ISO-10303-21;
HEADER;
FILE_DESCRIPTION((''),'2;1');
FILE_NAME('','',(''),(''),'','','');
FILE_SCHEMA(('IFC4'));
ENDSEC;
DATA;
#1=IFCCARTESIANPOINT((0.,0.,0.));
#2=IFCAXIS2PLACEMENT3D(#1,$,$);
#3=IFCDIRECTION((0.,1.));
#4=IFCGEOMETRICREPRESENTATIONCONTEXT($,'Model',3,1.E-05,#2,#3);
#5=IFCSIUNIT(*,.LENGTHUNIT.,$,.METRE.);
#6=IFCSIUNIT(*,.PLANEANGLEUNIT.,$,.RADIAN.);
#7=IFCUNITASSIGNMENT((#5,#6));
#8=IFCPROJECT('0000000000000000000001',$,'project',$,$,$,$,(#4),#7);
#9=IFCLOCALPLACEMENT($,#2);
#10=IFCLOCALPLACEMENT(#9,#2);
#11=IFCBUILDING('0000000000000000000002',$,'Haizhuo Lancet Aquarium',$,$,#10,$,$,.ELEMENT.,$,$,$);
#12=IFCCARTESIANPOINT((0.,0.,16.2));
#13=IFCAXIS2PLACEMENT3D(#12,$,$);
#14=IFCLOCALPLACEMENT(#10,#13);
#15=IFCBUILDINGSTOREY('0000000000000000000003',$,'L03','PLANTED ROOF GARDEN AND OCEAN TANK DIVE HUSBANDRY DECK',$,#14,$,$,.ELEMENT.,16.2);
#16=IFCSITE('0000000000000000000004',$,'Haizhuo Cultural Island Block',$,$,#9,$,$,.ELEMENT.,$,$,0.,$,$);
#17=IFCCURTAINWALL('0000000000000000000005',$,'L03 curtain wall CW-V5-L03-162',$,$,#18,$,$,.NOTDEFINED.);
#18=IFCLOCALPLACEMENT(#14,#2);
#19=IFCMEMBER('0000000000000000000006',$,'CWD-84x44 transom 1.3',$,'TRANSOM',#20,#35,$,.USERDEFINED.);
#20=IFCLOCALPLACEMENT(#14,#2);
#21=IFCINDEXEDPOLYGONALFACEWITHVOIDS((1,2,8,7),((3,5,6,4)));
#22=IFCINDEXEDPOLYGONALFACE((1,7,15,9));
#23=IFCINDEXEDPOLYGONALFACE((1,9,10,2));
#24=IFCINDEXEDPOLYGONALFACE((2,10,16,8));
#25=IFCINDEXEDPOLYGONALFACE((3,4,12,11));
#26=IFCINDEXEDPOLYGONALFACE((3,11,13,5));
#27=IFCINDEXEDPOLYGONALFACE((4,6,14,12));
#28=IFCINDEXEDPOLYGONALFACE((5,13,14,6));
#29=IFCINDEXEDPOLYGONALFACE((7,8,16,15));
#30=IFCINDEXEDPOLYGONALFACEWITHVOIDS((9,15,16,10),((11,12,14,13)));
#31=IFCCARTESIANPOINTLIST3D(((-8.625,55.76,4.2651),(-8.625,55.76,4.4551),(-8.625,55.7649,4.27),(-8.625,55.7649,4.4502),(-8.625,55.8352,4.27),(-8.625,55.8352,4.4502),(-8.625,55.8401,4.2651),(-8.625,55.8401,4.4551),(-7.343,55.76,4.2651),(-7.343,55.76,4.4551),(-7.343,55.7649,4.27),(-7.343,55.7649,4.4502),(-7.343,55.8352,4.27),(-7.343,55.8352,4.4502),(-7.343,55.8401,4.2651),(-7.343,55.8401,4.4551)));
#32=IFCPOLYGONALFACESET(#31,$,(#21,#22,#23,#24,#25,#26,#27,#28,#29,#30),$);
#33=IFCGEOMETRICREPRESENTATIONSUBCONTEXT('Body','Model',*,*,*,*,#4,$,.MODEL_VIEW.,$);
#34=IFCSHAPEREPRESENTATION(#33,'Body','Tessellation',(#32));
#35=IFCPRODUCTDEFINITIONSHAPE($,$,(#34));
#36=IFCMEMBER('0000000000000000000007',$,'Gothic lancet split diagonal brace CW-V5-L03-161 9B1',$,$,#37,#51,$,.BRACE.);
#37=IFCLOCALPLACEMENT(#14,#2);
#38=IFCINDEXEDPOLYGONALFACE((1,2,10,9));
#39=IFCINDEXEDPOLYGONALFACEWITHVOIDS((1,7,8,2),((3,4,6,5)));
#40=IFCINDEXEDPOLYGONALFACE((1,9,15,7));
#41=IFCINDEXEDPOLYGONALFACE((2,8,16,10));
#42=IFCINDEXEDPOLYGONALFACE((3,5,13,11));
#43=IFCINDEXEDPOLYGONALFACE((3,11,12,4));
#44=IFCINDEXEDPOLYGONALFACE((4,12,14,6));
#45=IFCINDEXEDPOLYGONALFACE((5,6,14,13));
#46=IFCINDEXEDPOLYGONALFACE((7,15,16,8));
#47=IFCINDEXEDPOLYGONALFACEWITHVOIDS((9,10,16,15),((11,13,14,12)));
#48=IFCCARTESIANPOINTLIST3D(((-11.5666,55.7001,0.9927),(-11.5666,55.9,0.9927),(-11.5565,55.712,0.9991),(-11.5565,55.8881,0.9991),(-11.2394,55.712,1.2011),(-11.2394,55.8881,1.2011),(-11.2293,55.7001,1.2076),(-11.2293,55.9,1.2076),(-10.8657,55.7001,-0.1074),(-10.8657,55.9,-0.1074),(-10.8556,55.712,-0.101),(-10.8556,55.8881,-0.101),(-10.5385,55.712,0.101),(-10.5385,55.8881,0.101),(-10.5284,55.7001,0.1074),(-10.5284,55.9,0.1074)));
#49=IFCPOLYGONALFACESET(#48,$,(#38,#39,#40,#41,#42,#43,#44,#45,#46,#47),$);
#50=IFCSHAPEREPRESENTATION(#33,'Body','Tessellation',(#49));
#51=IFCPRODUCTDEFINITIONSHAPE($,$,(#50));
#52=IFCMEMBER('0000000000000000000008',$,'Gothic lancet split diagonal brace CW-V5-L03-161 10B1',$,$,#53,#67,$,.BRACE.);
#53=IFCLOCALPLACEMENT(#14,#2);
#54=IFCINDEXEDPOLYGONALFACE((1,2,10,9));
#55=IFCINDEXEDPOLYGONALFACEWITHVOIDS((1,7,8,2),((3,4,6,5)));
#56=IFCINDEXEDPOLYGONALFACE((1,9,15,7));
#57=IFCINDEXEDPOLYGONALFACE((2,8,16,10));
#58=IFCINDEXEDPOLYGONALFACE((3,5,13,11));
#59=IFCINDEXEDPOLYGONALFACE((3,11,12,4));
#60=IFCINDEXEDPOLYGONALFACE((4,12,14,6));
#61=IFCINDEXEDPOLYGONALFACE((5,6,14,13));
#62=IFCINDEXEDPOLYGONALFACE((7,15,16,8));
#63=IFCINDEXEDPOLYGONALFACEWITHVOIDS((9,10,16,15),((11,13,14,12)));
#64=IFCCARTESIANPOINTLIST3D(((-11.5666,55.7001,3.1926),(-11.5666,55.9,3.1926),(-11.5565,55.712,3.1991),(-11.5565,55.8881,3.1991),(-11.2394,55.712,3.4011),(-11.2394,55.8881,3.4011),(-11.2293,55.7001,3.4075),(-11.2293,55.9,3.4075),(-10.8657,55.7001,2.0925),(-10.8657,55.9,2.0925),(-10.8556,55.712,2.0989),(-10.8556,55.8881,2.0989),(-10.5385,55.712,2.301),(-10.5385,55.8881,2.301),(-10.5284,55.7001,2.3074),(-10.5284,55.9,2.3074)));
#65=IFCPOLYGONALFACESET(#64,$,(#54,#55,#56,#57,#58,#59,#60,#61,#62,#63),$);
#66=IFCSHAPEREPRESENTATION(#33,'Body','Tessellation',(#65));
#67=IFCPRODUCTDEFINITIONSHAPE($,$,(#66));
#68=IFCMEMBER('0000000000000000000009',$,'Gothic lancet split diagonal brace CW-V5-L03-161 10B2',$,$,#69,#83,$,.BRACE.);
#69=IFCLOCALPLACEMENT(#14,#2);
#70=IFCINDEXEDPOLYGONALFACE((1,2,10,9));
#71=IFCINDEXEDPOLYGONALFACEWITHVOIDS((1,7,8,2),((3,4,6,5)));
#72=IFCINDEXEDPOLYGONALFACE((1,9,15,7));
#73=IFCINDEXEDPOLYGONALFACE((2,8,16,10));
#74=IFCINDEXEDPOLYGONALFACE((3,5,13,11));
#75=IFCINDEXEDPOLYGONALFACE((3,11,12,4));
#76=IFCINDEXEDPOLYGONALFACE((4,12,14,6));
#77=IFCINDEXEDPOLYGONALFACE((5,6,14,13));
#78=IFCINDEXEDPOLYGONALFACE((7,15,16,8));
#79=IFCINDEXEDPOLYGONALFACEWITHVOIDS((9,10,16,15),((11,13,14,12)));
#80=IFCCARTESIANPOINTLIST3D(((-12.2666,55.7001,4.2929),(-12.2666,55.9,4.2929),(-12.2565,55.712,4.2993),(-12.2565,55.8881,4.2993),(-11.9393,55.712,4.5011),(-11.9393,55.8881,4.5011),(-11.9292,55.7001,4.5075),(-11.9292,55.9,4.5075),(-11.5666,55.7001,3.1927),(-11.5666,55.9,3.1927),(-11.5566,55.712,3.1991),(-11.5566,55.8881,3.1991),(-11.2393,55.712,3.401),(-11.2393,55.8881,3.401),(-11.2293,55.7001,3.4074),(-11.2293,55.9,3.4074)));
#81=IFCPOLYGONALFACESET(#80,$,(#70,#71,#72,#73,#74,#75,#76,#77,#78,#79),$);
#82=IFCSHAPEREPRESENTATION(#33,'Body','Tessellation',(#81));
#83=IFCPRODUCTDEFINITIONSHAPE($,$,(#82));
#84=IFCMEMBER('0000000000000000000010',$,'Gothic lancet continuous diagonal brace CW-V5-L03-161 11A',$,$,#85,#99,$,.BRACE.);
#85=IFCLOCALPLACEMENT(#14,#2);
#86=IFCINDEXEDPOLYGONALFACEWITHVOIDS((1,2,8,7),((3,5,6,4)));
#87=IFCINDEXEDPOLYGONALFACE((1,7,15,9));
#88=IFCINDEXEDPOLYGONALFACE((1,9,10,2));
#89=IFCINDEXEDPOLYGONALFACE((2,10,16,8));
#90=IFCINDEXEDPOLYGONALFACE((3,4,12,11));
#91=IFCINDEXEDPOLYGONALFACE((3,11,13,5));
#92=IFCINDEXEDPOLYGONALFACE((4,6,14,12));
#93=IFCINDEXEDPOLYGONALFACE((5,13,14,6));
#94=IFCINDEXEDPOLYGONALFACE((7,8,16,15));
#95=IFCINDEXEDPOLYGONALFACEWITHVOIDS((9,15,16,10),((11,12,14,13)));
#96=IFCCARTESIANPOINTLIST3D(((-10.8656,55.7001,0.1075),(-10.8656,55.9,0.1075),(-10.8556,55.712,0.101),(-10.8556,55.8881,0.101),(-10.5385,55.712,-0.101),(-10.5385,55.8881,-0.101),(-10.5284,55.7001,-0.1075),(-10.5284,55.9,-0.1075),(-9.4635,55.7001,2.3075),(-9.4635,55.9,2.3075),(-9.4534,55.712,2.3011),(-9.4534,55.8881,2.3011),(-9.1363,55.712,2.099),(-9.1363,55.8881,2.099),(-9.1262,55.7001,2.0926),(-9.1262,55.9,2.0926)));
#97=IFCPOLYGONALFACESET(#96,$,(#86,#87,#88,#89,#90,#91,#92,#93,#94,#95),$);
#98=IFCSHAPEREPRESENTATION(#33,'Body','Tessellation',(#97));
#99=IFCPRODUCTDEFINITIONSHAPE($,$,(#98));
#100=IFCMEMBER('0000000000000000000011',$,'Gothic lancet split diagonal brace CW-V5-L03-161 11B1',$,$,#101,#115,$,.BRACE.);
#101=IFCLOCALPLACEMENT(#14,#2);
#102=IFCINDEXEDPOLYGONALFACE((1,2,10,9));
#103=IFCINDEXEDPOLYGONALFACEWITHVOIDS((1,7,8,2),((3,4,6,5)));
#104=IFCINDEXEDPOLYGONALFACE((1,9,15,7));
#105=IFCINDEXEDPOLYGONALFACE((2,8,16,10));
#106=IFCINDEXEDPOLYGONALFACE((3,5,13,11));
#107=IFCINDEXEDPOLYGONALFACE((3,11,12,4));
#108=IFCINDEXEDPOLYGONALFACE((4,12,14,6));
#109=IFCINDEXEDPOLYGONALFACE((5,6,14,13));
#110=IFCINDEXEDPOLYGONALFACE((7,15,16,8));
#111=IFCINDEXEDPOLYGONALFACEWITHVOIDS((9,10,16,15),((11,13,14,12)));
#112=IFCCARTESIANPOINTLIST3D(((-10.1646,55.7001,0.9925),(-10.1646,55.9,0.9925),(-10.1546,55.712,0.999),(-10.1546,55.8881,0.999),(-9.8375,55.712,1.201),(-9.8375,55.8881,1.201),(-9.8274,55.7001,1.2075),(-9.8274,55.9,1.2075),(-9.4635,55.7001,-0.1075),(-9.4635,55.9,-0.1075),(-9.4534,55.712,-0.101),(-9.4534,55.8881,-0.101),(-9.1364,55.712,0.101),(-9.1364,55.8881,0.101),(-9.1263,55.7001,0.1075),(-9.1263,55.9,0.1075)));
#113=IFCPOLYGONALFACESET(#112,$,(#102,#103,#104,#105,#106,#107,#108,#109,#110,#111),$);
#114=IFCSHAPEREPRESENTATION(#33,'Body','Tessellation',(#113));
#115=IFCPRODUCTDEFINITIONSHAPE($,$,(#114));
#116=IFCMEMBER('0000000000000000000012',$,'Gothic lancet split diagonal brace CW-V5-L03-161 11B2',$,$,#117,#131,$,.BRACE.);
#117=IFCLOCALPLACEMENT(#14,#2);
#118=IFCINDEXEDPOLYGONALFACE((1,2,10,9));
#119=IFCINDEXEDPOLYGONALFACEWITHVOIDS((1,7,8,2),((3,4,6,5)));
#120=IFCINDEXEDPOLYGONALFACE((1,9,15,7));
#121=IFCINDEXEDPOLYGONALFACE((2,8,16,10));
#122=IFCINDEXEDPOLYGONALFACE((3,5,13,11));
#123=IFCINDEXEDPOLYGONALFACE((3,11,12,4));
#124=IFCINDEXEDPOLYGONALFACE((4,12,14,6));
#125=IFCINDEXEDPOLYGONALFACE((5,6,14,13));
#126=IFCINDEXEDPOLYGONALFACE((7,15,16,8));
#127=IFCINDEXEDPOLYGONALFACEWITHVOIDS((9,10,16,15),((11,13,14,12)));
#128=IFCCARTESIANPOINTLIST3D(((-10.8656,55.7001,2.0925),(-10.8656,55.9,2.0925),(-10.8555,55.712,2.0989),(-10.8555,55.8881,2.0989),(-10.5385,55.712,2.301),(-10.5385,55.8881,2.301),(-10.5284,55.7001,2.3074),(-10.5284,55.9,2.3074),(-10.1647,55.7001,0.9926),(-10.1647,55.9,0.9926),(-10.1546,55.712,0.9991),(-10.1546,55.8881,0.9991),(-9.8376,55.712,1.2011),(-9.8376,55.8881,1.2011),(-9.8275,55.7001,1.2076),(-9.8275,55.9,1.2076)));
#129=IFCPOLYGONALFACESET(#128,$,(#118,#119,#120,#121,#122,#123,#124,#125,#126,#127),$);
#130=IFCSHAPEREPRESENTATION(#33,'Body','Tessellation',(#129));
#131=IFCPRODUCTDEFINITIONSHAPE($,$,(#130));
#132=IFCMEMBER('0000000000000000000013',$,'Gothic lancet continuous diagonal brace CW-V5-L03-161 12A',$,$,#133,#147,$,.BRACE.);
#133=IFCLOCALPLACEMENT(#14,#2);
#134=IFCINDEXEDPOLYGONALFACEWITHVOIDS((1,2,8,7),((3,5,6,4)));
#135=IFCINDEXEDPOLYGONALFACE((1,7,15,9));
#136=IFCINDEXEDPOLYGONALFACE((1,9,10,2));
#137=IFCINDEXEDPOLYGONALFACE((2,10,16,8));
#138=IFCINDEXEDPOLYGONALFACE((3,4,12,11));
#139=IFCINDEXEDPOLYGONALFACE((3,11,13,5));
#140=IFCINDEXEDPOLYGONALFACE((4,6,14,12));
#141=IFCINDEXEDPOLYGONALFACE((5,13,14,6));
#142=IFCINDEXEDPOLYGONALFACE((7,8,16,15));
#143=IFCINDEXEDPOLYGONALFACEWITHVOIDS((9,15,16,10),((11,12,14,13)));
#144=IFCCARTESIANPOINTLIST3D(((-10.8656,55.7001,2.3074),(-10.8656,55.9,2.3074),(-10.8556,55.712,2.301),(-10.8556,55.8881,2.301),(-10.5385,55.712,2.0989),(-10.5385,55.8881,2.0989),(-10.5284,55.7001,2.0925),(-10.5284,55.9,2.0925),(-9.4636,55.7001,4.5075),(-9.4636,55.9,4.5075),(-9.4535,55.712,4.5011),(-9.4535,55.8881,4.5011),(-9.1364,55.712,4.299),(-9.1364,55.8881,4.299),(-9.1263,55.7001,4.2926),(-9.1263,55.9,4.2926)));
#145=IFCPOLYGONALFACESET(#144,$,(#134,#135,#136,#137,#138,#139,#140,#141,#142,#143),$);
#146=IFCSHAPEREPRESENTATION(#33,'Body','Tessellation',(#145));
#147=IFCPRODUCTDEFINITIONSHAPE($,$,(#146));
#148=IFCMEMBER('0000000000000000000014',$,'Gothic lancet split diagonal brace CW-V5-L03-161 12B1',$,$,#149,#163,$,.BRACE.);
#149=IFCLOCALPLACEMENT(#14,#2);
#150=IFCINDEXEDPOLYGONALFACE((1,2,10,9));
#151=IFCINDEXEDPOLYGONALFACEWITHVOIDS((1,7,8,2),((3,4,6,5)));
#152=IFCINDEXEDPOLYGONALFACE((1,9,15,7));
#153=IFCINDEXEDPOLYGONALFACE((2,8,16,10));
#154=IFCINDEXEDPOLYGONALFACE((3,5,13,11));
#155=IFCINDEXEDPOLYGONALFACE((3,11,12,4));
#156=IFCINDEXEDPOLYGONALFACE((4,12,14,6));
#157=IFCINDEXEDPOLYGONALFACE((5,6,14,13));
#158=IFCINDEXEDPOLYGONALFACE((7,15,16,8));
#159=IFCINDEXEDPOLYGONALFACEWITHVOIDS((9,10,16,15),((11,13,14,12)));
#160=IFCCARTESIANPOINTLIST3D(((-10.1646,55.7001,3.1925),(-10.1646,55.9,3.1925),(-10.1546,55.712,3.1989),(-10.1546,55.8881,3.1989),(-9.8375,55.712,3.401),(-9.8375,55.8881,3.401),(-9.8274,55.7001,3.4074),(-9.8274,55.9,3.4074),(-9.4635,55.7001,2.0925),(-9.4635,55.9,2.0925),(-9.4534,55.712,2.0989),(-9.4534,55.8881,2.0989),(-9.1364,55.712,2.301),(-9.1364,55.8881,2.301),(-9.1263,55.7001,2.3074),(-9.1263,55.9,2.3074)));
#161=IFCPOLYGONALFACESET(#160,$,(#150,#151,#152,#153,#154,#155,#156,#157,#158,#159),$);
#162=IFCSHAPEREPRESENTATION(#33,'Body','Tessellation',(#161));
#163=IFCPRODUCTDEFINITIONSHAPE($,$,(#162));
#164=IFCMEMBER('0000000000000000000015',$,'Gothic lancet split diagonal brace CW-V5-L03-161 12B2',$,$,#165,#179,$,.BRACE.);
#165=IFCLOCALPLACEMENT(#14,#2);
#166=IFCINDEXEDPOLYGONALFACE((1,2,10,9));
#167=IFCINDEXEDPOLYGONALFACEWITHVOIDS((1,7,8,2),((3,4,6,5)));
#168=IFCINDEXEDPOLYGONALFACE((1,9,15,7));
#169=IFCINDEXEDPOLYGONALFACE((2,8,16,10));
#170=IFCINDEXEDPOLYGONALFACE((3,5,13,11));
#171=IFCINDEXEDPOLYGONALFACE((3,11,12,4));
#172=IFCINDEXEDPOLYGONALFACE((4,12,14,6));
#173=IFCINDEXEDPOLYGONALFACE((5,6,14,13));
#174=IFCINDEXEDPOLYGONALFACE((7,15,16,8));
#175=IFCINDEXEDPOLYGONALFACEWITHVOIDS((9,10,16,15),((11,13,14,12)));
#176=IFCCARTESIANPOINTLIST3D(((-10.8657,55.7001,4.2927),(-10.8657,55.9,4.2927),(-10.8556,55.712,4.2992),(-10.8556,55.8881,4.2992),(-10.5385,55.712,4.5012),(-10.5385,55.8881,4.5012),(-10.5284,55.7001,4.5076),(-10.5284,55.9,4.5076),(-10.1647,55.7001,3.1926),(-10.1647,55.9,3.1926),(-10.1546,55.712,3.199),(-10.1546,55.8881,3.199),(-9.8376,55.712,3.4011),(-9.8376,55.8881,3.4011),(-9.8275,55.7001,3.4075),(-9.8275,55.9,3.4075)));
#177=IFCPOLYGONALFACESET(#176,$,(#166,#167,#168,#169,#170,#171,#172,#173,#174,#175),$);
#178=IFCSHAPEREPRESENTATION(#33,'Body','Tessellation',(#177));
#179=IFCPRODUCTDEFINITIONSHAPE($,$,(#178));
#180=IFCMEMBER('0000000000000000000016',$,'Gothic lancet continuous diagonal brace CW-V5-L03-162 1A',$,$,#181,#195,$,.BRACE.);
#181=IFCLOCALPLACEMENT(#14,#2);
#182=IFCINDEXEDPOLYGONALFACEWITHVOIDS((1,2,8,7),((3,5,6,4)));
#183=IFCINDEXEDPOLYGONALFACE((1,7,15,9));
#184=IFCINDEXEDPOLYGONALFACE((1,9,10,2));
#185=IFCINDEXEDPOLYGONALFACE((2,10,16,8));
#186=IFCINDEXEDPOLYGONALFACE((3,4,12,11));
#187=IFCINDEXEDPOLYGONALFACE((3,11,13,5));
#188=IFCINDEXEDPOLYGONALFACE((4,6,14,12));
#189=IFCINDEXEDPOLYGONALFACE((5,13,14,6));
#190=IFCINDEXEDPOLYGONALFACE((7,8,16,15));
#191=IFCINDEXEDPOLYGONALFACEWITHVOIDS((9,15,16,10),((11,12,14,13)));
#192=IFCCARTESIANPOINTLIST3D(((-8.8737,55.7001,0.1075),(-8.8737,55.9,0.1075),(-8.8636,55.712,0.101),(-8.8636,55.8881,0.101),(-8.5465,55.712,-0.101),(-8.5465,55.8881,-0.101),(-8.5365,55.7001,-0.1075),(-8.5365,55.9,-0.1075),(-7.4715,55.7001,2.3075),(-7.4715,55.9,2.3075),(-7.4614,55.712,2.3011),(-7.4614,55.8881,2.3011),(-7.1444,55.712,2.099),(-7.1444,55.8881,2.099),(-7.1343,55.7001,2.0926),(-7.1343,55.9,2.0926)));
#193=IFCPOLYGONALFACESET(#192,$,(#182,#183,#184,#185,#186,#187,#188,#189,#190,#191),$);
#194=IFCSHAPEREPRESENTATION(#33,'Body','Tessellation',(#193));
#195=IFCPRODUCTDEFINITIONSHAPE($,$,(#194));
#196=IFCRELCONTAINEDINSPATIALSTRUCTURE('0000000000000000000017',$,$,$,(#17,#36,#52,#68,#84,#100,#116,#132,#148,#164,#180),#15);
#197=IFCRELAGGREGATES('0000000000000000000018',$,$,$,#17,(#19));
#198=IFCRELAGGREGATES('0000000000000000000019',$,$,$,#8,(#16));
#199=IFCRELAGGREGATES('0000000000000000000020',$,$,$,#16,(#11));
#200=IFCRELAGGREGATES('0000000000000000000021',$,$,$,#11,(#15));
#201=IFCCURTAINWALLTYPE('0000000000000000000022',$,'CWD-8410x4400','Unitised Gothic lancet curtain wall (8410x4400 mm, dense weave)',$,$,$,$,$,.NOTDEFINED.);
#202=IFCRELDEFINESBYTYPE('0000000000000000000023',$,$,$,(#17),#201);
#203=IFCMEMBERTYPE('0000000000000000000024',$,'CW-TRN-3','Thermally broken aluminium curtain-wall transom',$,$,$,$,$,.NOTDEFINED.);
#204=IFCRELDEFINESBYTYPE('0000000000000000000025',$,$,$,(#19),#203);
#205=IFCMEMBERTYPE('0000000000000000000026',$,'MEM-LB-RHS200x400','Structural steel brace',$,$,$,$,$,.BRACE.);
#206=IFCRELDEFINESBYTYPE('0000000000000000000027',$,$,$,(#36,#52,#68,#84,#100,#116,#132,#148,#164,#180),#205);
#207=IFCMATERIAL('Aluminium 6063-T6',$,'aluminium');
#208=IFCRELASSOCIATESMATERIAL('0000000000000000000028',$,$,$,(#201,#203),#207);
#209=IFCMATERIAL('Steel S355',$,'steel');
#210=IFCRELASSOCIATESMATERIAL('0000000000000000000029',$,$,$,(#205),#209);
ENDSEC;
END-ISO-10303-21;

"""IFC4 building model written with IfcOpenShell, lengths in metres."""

from ifc_helpers import new_model, si_unit, direction, frame, origin, origin_2d, place, context, subcontext, project, spatial, hollow_rectangle, extrude, material, material_profile, profile_set, type_object, element, aggregate, save


model = new_model("IFC4")

# Units and contexts
model_context = context("Model", 3, precision=1e-05, world=origin(), true_north=direction((0.0, 1.0)))
body_context = subcontext(model_context, "Body", "Model", "MODEL_VIEW")
ifc_project = project(units=[si_unit("LENGTHUNIT", "METRE"), si_unit("PLANEANGLEUNIT", "RADIAN")], contexts=[model_context])

# Site, building, storey
site_placement = place(None, origin())
site = spatial("IfcSite", under=ifc_project, at=site_placement, Name="Haizhuo Cultural Island Block", CompositionType="ELEMENT", RefElevation=0.0)
building_placement = place(site_placement, origin())
building = spatial("IfcBuilding", under=site, at=building_placement, Name="Haizhuo Lancet Aquarium", CompositionType="ELEMENT")
storey_placement = place(building_placement, frame((0.0, 0.0, 16.2)))
storey = spatial("IfcBuildingStorey", under=building, at=storey_placement, Name="L03", Description="PLANTED ROOF GARDEN AND OCEAN TANK DIVE HUSBANDRY DECK", CompositionType="ELEMENT", Elevation=16.2)

# Shared definitions
ifc_material_1 = material(Name="Aluminium 6063-T6", Category="aluminium")
curtain_wall_type = type_object("IfcCurtainWallType", Name="CWD-8410x4400", Description="Unitised Gothic lancet curtain wall (8410x4400 mm, dense weave)", PredefinedType="NOTDEFINED", material=ifc_material_1)

# Curtain wall
curtain_wall_1_placement = place(storey_placement, origin())
curtain_wall_1 = element("IfcCurtainWall", 1, at=curtain_wall_1_placement, inside=storey, type_object=curtain_wall_type, Name="L03 curtain wall CW-V5-L03-162", PredefinedType="NOTDEFINED")

# Member
ifc_material_profile_1 = material_profile(ifc_material_1, hollow_rectangle(XDim=0.0801, YDim=0.1899, WallThickness=0.0049, at=origin_2d()), Name="ALU-T 80x190x5")
ifc_profile_set_1 = profile_set([ifc_material_profile_1], Name="Aluminium 6063-T6")
member_type_1 = type_object("IfcMemberType", Name="CW-TRN-3", Description="Thermally broken aluminium curtain-wall transom", PredefinedType="NOTDEFINED", material=ifc_profile_set_1)
member_1_placement = place(storey_placement, frame((-8.625, 55.8, 4.3601), z_axis=(1.0, 0.0, 0.0), x_axis=(0.0, 1.0, 0.0)))
member_1 = element("IfcMember", 2, at=member_1_placement, type_object=member_type_1, Name="CWD-84x44 transom 1.3", ObjectType="TRANSOM", PredefinedType="USERDEFINED", context=body_context, shape_type="SweptSolid", body=[
    extrude(hollow_rectangle(XDim=0.0801, YDim=0.1899, WallThickness=0.0049, at=origin_2d()), origin(), (0.0, 0.0, 1.0), 1.282),
])
aggregate(curtain_wall_1, [member_1])

# Members
ifc_material_2 = material(Name="Steel S355", Category="steel")
ifc_material_profile_2 = material_profile(ifc_material_2, hollow_rectangle(XDim=0.2, YDim=0.3999, WallThickness=0.012, at=origin_2d()), Name="RHS 200x400x12")
ifc_profile_set_2 = profile_set([ifc_material_profile_2], Name="Steel S355")
member_type_2 = type_object("IfcMemberType", Name="MEM-LB-RHS200x400", Description="Structural steel brace", PredefinedType="BRACE", material=ifc_profile_set_2)
for number, where, z_axis, x_axis, name in (
    (3, (-10.697, 55.8, 0.0), (-0.537348, 0.0, 0.843361), (0.0, -1.0, 0.0), "Gothic lancet split diagonal brace CW-V5-L03-161 9B1"),
    (4, (-10.697, 55.8, 2.2), (-0.537348, 0.0, 0.843361), (0.0, -1.0, 0.0), "Gothic lancet split diagonal brace CW-V5-L03-161 10B1"),
):
    element("IfcMember", number, at=place(storey_placement, frame(where, z_axis=z_axis, x_axis=x_axis)), inside=storey, type_object=member_type_2, Name=name, PredefinedType="BRACE", context=body_context, shape_type="SweptSolid", body=[
        extrude(hollow_rectangle(XDim=0.2, YDim=0.3999, WallThickness=0.012, at=origin_2d()), origin(), (0.0, 0.0, 1.0), 1.3044),
    ])
member_2_placement = place(storey_placement, frame((-11.3979, 55.8, 3.3), z_axis=(-0.536815, 0.0, 0.8437), x_axis=(0.0, -1.0, 0.0)))
element("IfcMember", 5, at=member_2_placement, inside=storey, type_object=member_type_2, Name="Gothic lancet split diagonal brace CW-V5-L03-161 10B2", PredefinedType="BRACE", context=body_context, shape_type="SweptSolid", body=[
    extrude(hollow_rectangle(XDim=0.2, YDim=0.3999, WallThickness=0.012, at=origin_2d()), origin(), (0.0, 0.0, 1.0), 1.304),
])
member_3_placement = place(storey_placement, frame((-10.697, 55.8, 0.0), z_axis=(0.537457, 0.0, 0.843291), x_axis=(0.0, 1.0, 0.0)))
element("IfcMember", 6, at=member_3_placement, inside=storey, type_object=member_type_2, Name="Gothic lancet continuous diagonal brace CW-V5-L03-161 11A", PredefinedType="BRACE", context=body_context, shape_type="SweptSolid", body=[
    extrude(hollow_rectangle(XDim=0.2, YDim=0.3999, WallThickness=0.012, at=origin_2d()), origin(), (0.0, 0.0, 1.0), 2.6089),
])
member_4_placement = place(storey_placement, frame((-9.2949, 55.8, 0.0), z_axis=(-0.537481, 0.0, 0.843276), x_axis=(0.0, -1.0, 0.0)))
element("IfcMember", 7, at=member_4_placement, inside=storey, type_object=member_type_2, Name="Gothic lancet split diagonal brace CW-V5-L03-161 11B1", PredefinedType="BRACE", context=body_context, shape_type="SweptSolid", body=[
    extrude(hollow_rectangle(XDim=0.2, YDim=0.3999, WallThickness=0.012, at=origin_2d()), origin(), (0.0, 0.0, 1.0), 1.3044),
])
member_5_placement = place(storey_placement, frame((-9.9961, 55.8, 1.1001), z_axis=(-0.537433, 0.0, 0.843307), x_axis=(0.0, -1.0, 0.0)))
element("IfcMember", 8, at=member_5_placement, inside=storey, type_object=member_type_2, Name="Gothic lancet split diagonal brace CW-V5-L03-161 11B2", PredefinedType="BRACE", context=body_context, shape_type="SweptSolid", body=[
    extrude(hollow_rectangle(XDim=0.2, YDim=0.3999, WallThickness=0.012, at=origin_2d()), origin(), (0.0, 0.0, 1.0), 1.3042),
])
member_6_placement = place(storey_placement, frame((-10.697, 55.8, 2.2), z_axis=(0.537414, 0.0, 0.843318), x_axis=(0.0, 1.0, 0.0)))
element("IfcMember", 9, at=member_6_placement, inside=storey, type_object=member_type_2, Name="Gothic lancet continuous diagonal brace CW-V5-L03-161 12A", PredefinedType="BRACE", context=body_context, shape_type="SweptSolid", body=[
    extrude(hollow_rectangle(XDim=0.2, YDim=0.3999, WallThickness=0.012, at=origin_2d()), origin(), (0.0, 0.0, 1.0), 2.6089),
])
for number, where, z_axis, x_axis, name in (
    (10, (-9.2949, 55.8, 2.2), (-0.537481, 0.0, 0.843276), (0.0, -1.0, 0.0), "Gothic lancet split diagonal brace CW-V5-L03-161 12B1"),
    (11, (-9.9961, 55.8, 3.3), (-0.537348, 0.0, 0.843361), (0.0, -1.0, 0.0), "Gothic lancet split diagonal brace CW-V5-L03-161 12B2"),
):
    element("IfcMember", number, at=place(storey_placement, frame(where, z_axis=z_axis, x_axis=x_axis)), inside=storey, type_object=member_type_2, Name=name, PredefinedType="BRACE", context=body_context, shape_type="SweptSolid", body=[
        extrude(hollow_rectangle(XDim=0.2, YDim=0.3999, WallThickness=0.012, at=origin_2d()), origin(), (0.0, 0.0, 1.0), 1.3044),
    ])
for number, where, z_axis, x_axis, name in (
    (12, (-8.7051, 55.8, 0.0), (0.537457, 0.0, 0.843291), (0.0, 1.0, 0.0), "Gothic lancet continuous diagonal brace CW-V5-L03-162 1A"),
):
    element("IfcMember", number, at=place(storey_placement, frame(where, z_axis=z_axis, x_axis=x_axis)), inside=storey, type_object=member_type_2, Name=name, PredefinedType="BRACE", context=body_context, shape_type="SweptSolid", body=[
        extrude(hollow_rectangle(XDim=0.2, YDim=0.3999, WallThickness=0.012, at=origin_2d()), origin(), (0.0, 0.0, 1.0), 2.6089),
    ])

save(model, "model.ifc")
